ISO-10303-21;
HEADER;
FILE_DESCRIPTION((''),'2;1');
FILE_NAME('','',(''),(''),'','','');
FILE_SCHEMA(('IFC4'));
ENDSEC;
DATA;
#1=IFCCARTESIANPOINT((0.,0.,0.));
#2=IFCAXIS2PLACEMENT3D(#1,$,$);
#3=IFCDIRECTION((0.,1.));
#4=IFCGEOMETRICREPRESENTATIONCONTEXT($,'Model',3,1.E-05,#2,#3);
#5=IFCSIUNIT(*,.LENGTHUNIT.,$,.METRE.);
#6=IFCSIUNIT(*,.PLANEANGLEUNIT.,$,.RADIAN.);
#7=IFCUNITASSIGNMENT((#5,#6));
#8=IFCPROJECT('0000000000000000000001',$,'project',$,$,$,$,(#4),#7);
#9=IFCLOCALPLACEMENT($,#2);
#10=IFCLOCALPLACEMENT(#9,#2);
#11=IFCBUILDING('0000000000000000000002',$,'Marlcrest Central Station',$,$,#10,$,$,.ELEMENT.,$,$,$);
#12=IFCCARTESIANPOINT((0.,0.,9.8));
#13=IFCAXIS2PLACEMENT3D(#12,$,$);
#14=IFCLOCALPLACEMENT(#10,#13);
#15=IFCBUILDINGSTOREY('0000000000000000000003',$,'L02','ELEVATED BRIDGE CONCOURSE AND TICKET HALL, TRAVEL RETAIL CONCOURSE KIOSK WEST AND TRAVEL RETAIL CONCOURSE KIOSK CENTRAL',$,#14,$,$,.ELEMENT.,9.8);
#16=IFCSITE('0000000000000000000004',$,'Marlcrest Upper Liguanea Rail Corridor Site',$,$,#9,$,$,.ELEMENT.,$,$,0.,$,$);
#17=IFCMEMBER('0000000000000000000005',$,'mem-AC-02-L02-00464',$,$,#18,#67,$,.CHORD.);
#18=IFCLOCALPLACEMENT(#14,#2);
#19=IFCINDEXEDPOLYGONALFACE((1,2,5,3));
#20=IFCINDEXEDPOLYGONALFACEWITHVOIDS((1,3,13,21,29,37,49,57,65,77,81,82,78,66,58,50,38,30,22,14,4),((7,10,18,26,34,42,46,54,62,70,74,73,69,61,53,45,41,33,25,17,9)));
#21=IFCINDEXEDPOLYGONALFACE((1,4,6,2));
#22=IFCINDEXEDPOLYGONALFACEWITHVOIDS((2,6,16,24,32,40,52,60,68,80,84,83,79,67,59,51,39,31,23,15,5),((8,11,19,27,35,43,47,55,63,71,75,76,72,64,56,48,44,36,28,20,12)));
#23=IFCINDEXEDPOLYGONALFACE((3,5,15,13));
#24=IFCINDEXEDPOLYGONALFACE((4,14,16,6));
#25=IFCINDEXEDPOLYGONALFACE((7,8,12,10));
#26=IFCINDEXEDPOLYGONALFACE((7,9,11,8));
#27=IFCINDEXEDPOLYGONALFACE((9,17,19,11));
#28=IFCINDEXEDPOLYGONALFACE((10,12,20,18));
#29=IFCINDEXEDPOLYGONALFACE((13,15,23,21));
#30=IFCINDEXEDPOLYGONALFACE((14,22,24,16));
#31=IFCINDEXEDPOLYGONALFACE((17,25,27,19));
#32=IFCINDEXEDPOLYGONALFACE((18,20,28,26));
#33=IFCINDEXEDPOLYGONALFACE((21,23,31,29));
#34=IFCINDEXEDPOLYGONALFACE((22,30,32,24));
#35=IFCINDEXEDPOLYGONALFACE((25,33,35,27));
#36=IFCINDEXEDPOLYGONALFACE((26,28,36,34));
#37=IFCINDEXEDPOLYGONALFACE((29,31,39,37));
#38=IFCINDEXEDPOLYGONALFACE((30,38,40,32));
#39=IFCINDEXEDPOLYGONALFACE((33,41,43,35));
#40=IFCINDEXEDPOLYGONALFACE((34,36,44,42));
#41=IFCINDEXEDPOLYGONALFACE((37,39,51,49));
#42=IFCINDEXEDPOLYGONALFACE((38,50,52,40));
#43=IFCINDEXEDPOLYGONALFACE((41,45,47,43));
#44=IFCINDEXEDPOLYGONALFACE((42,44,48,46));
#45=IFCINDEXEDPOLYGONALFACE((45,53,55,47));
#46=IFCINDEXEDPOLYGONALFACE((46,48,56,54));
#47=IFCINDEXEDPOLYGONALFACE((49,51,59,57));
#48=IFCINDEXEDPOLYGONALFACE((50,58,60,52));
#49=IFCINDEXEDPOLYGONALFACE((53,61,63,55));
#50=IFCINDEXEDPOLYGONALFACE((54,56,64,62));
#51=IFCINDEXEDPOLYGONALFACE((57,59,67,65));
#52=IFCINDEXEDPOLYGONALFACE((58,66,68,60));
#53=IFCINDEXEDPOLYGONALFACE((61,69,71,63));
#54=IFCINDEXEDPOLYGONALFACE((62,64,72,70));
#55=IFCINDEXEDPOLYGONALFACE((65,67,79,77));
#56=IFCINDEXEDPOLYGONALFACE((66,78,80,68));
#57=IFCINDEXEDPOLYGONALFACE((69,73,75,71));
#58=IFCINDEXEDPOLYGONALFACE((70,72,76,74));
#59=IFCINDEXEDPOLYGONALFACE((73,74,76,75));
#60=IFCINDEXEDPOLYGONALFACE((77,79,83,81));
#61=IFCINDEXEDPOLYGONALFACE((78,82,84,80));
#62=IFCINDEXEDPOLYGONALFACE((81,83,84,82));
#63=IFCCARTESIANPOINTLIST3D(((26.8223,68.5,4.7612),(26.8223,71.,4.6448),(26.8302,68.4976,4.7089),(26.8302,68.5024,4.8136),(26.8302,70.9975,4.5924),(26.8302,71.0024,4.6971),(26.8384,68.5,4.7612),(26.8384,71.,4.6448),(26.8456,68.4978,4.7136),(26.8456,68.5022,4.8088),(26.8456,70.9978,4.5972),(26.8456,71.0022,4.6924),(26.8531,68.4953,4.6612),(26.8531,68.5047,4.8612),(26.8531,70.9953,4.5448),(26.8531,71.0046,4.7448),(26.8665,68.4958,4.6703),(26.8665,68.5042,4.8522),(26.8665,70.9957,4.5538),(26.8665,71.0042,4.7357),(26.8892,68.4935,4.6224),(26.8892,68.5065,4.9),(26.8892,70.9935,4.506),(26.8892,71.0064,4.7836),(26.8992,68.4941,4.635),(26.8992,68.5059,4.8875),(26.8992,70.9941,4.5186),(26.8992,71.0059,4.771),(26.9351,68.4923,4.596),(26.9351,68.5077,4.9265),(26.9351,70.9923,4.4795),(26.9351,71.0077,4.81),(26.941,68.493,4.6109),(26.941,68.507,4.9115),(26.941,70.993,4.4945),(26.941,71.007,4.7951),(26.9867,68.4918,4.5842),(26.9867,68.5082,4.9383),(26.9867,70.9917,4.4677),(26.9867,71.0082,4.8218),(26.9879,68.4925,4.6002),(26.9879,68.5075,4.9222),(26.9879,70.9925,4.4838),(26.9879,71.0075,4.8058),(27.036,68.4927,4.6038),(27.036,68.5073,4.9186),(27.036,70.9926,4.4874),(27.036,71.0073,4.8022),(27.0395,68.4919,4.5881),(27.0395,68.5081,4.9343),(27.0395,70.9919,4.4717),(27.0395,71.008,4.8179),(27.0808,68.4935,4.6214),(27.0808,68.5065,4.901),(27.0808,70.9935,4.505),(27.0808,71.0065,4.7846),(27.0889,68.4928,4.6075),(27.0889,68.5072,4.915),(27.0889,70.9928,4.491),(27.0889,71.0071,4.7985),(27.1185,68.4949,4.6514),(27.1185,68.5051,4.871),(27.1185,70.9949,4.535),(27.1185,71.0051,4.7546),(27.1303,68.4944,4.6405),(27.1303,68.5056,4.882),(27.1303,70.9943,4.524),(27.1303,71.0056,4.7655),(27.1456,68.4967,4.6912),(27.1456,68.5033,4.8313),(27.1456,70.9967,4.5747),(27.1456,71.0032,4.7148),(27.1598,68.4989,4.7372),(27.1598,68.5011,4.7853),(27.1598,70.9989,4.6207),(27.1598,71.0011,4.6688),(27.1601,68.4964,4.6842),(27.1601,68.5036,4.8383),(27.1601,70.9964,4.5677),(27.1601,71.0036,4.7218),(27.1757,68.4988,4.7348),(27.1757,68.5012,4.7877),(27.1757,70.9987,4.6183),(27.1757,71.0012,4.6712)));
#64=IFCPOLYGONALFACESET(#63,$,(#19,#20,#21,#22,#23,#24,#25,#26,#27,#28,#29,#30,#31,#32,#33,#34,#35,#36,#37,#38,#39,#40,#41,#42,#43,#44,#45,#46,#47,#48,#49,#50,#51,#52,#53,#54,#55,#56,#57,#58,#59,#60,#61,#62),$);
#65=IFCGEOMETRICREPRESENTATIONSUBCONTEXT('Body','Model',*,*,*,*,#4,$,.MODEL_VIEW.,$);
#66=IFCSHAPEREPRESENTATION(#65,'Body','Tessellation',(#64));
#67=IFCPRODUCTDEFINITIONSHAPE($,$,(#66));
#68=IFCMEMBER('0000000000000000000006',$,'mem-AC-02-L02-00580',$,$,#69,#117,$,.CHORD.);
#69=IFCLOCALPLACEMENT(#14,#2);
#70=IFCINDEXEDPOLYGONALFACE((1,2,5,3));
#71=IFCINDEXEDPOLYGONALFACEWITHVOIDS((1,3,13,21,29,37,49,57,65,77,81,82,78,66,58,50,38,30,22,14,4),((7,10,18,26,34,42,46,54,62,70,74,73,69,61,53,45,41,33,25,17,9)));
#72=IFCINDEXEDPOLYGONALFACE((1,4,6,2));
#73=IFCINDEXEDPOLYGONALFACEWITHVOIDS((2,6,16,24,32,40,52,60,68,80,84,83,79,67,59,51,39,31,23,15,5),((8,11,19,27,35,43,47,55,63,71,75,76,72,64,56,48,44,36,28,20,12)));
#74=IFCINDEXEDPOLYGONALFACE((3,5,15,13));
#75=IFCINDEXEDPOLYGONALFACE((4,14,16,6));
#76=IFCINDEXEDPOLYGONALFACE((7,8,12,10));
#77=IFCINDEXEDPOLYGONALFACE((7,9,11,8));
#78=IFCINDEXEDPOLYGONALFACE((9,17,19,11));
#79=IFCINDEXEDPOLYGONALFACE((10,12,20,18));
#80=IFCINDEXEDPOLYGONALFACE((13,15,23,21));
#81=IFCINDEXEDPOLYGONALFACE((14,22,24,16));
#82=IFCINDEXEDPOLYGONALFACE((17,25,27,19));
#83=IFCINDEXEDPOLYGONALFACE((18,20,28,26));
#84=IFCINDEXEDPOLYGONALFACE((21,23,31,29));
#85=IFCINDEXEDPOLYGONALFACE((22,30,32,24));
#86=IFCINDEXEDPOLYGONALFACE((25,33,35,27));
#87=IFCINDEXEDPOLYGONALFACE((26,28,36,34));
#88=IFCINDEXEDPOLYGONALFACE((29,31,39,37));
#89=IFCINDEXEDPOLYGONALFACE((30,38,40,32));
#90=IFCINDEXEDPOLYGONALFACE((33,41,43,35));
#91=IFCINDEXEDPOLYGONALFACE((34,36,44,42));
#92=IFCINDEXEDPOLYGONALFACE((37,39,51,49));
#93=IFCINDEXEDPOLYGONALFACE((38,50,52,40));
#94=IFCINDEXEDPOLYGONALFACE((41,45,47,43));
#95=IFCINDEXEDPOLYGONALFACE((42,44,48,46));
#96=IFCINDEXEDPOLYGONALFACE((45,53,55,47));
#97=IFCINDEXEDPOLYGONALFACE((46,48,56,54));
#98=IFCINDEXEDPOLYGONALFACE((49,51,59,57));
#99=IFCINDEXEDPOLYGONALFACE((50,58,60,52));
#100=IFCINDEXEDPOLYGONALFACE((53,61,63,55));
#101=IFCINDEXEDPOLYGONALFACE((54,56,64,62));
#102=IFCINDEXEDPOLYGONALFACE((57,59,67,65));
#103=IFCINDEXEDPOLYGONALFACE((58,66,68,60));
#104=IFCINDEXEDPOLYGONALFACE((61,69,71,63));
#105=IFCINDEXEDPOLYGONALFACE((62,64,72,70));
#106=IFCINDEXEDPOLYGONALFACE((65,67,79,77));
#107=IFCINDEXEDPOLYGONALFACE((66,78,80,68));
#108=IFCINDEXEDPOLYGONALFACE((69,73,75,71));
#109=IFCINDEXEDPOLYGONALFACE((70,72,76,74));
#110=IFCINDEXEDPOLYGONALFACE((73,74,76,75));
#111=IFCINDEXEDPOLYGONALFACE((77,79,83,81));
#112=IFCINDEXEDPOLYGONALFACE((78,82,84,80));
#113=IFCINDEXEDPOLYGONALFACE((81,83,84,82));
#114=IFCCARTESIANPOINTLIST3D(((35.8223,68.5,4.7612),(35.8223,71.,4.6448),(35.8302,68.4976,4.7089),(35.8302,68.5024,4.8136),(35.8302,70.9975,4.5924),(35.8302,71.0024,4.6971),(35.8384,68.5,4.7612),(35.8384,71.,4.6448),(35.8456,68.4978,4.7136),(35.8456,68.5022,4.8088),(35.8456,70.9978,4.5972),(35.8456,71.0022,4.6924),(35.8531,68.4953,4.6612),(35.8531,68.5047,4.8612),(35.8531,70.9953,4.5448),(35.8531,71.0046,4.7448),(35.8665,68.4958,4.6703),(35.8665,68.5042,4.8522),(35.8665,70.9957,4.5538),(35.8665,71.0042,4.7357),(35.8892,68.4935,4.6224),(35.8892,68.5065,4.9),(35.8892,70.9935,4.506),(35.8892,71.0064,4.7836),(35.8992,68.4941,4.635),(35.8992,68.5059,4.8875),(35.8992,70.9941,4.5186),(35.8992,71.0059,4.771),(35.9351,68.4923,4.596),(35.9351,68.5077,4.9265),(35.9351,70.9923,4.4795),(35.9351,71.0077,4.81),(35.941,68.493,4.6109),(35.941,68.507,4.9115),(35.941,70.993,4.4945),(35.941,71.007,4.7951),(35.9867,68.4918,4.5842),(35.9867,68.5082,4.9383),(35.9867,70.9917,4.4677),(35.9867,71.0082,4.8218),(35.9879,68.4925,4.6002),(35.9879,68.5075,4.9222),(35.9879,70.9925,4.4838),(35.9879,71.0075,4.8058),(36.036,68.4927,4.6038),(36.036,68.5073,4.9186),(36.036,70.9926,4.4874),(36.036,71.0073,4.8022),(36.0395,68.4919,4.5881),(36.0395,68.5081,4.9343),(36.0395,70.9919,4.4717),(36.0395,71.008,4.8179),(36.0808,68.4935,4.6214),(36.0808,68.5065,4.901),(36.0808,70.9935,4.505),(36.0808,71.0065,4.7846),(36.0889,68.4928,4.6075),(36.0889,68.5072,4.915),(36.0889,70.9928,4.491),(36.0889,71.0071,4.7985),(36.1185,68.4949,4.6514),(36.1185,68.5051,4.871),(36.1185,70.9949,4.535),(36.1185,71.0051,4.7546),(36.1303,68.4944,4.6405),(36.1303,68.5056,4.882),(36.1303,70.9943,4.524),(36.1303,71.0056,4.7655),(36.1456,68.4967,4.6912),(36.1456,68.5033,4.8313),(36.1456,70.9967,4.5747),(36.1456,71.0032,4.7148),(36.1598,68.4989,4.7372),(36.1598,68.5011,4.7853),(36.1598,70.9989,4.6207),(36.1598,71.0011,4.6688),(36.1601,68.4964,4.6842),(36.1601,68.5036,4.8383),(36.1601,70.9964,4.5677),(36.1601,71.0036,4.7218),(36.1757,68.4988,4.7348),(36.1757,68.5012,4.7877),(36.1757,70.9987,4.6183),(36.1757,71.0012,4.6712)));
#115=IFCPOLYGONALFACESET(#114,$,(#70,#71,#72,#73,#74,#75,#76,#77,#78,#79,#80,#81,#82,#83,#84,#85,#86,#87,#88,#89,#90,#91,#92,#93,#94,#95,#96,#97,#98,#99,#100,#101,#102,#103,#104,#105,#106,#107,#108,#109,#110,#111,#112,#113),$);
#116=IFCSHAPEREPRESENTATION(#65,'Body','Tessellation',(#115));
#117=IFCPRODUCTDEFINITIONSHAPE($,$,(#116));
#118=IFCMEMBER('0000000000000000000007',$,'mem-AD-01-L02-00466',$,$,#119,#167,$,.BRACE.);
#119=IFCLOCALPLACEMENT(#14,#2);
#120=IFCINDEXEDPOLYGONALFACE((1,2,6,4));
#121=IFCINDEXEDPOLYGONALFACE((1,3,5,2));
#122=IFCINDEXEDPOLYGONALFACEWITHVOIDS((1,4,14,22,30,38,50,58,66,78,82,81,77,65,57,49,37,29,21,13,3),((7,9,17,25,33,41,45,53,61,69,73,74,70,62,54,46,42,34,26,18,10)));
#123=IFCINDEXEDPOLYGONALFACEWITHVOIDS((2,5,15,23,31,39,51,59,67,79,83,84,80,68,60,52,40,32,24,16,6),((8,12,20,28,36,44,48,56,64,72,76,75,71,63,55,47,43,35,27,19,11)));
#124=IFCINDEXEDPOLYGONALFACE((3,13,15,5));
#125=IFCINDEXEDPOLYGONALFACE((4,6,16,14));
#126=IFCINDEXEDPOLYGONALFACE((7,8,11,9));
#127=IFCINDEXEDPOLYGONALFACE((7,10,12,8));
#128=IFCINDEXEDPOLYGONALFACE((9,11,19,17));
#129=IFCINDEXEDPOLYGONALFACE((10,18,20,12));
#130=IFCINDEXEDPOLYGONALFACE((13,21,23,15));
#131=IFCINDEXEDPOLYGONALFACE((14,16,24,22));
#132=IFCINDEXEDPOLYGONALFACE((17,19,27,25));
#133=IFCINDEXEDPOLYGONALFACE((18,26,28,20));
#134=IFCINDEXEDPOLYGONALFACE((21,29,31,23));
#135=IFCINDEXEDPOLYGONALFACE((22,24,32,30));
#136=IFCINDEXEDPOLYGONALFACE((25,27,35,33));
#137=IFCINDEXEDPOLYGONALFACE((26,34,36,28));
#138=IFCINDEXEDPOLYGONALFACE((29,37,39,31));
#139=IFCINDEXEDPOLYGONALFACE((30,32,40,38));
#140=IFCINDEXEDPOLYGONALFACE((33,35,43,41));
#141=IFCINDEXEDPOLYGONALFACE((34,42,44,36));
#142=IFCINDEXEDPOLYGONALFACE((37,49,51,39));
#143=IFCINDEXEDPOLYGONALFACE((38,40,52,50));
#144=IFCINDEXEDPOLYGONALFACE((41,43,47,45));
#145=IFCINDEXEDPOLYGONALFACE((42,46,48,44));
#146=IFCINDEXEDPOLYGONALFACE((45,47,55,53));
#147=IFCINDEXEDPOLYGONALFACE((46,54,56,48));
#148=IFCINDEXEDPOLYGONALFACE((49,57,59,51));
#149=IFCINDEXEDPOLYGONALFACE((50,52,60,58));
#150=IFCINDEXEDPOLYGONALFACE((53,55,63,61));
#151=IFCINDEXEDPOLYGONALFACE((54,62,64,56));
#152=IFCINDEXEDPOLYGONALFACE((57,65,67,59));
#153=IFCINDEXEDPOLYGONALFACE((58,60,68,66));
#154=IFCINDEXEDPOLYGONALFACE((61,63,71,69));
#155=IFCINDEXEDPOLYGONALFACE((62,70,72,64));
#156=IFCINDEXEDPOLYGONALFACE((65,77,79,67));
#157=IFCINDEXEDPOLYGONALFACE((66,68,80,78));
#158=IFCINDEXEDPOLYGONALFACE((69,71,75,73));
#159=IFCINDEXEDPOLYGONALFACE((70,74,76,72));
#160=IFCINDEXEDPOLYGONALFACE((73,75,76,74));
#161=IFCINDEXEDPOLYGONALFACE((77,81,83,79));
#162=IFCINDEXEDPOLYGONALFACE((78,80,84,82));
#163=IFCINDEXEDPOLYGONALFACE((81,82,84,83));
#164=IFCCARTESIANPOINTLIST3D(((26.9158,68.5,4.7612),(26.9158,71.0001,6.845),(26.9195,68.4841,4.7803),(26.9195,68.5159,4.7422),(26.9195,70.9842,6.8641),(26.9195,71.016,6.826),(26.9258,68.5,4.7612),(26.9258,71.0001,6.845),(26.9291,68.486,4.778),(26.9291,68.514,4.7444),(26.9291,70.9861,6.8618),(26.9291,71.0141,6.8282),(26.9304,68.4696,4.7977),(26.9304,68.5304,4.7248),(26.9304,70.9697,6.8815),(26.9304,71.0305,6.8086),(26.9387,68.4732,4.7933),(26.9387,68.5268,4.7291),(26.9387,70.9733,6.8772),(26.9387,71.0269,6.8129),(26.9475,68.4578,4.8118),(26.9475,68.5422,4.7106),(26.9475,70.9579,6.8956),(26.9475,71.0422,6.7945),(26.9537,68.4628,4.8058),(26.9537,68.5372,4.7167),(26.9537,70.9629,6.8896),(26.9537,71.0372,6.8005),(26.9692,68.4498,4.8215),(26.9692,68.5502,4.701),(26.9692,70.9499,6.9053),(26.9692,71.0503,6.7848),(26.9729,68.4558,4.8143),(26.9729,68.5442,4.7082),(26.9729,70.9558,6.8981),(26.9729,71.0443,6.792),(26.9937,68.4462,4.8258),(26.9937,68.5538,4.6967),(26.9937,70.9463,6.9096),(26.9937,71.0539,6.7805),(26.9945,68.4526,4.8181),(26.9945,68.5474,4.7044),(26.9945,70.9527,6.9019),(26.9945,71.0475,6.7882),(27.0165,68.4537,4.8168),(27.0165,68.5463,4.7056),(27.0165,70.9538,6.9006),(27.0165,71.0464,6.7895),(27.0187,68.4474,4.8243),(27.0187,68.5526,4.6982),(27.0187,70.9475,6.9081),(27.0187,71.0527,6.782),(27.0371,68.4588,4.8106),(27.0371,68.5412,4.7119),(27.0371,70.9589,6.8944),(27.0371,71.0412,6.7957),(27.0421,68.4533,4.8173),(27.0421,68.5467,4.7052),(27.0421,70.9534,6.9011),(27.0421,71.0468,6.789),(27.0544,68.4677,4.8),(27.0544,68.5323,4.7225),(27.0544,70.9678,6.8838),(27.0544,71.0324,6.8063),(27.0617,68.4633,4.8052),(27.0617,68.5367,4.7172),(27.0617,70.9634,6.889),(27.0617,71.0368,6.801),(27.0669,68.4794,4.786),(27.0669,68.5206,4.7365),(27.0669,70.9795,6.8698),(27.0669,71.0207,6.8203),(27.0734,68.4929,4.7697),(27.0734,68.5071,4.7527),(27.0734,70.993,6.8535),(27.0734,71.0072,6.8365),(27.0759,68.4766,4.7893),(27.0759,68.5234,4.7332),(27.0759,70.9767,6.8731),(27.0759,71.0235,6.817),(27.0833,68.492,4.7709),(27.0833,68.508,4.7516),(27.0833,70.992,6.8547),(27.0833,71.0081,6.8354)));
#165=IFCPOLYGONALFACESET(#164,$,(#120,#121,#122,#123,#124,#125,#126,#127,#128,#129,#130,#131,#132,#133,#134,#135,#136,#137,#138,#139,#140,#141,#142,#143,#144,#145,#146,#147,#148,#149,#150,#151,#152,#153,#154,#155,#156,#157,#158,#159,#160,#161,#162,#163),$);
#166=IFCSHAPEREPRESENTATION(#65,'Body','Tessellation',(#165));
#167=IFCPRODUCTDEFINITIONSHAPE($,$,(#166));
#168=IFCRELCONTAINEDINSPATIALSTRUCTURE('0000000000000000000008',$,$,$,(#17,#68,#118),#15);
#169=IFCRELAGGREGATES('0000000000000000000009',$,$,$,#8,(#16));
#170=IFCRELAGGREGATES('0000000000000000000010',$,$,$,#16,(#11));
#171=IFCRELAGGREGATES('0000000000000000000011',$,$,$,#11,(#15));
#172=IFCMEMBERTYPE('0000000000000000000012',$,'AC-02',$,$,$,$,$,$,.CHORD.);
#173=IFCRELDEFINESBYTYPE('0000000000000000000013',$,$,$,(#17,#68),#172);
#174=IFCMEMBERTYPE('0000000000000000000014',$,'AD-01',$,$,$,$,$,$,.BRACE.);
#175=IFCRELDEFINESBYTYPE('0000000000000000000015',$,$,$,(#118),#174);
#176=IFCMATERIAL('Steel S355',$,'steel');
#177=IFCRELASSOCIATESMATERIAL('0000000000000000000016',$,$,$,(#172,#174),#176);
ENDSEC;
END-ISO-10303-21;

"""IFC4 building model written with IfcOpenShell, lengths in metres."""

from ifc_helpers import new_model, si_unit, direction, frame, origin, origin_2d, place, context, subcontext, project, spatial, hollow_circle, extrude, material, material_profile, profile_set, type_object, element, save


model = new_model("IFC4")

# Units and contexts
model_context = context("Model", 3, precision=1e-05, world=origin(), true_north=direction((0.0, 1.0)))
body_context = subcontext(model_context, "Body", "Model", "MODEL_VIEW")
ifc_project = project(units=[si_unit("LENGTHUNIT", "METRE"), si_unit("PLANEANGLEUNIT", "RADIAN")], contexts=[model_context])

# Site, building, storey
site_placement = place(None, origin())
site = spatial("IfcSite", under=ifc_project, at=site_placement, Name="Marlcrest Upper Liguanea Rail Corridor Site", CompositionType="ELEMENT", RefElevation=0.0)
building_placement = place(site_placement, origin())
building = spatial("IfcBuilding", under=site, at=building_placement, Name="Marlcrest Central Station", CompositionType="ELEMENT")
storey_placement = place(building_placement, frame((0.0, 0.0, 9.8)))
storey = spatial("IfcBuildingStorey", under=building, at=storey_placement, Name="L02", Description="ELEVATED BRIDGE CONCOURSE AND TICKET HALL, TRAVEL RETAIL CONCOURSE KIOSK WEST AND TRAVEL RETAIL CONCOURSE KIOSK CENTRAL", CompositionType="ELEMENT", Elevation=9.8)

# Members
ifc_material = material(Name="Steel S355", Category="steel")
ifc_material_profile_1 = material_profile(ifc_material, hollow_circle(Radius=0.1777, WallThickness=0.0161, at=origin_2d()), Name="CHS 355.6x16")
ifc_profile_set_1 = profile_set([ifc_material_profile_1], Name="Steel S355")
member_type_1 = type_object("IfcMemberType", Name="AC-02", PredefinedType="CHORD", material=ifc_profile_set_1)
for number, where, z_axis, x_axis, name in (
    (1, (27.0, 68.5, 4.7612), (0.0, 0.998917, -0.046532), (-1.0, 0.0, 0.0), "mem-AC-02-L02-00464"),
    (2, (36.0, 68.5, 4.7612), (0.0, 0.998917, -0.046532), (-1.0, 0.0, 0.0), "mem-AC-02-L02-00580"),
):
    element("IfcMember", number, at=place(storey_placement, frame(where, z_axis=z_axis, x_axis=x_axis)), inside=storey, type_object=member_type_1, Name=name, PredefinedType="CHORD", context=body_context, shape_type="SweptSolid", body=[
        extrude(hollow_circle(Radius=0.1777, WallThickness=0.0161, at=origin_2d()), origin(), (0.0, 0.0, 1.0), 2.5027),
    ])
ifc_material_profile_2 = material_profile(ifc_material, hollow_circle(Radius=0.0842, WallThickness=0.01, at=origin_2d()), Name="CHS 168.3x10")
ifc_profile_set_2 = profile_set([ifc_material_profile_2], Name="Steel S355")
member_type_2 = type_object("IfcMemberType", Name="AD-01", PredefinedType="BRACE", material=ifc_profile_set_2)
for number, where, z_axis, x_axis, name in (
    (3, (27.0, 68.5, 4.7612), (0.0, 0.76816, 0.640258), (-1.0, 0.0, 0.0), "mem-AD-01-L02-00466"),
):
    element("IfcMember", number, at=place(storey_placement, frame(where, z_axis=z_axis, x_axis=x_axis)), inside=storey, type_object=member_type_2, Name=name, PredefinedType="BRACE", context=body_context, shape_type="SweptSolid", body=[
        extrude(hollow_circle(Radius=0.0842, WallThickness=0.01, at=origin_2d()), origin(), (0.0, 0.0, 1.0), 3.2546),
    ])

save(model, "model.ifc")
